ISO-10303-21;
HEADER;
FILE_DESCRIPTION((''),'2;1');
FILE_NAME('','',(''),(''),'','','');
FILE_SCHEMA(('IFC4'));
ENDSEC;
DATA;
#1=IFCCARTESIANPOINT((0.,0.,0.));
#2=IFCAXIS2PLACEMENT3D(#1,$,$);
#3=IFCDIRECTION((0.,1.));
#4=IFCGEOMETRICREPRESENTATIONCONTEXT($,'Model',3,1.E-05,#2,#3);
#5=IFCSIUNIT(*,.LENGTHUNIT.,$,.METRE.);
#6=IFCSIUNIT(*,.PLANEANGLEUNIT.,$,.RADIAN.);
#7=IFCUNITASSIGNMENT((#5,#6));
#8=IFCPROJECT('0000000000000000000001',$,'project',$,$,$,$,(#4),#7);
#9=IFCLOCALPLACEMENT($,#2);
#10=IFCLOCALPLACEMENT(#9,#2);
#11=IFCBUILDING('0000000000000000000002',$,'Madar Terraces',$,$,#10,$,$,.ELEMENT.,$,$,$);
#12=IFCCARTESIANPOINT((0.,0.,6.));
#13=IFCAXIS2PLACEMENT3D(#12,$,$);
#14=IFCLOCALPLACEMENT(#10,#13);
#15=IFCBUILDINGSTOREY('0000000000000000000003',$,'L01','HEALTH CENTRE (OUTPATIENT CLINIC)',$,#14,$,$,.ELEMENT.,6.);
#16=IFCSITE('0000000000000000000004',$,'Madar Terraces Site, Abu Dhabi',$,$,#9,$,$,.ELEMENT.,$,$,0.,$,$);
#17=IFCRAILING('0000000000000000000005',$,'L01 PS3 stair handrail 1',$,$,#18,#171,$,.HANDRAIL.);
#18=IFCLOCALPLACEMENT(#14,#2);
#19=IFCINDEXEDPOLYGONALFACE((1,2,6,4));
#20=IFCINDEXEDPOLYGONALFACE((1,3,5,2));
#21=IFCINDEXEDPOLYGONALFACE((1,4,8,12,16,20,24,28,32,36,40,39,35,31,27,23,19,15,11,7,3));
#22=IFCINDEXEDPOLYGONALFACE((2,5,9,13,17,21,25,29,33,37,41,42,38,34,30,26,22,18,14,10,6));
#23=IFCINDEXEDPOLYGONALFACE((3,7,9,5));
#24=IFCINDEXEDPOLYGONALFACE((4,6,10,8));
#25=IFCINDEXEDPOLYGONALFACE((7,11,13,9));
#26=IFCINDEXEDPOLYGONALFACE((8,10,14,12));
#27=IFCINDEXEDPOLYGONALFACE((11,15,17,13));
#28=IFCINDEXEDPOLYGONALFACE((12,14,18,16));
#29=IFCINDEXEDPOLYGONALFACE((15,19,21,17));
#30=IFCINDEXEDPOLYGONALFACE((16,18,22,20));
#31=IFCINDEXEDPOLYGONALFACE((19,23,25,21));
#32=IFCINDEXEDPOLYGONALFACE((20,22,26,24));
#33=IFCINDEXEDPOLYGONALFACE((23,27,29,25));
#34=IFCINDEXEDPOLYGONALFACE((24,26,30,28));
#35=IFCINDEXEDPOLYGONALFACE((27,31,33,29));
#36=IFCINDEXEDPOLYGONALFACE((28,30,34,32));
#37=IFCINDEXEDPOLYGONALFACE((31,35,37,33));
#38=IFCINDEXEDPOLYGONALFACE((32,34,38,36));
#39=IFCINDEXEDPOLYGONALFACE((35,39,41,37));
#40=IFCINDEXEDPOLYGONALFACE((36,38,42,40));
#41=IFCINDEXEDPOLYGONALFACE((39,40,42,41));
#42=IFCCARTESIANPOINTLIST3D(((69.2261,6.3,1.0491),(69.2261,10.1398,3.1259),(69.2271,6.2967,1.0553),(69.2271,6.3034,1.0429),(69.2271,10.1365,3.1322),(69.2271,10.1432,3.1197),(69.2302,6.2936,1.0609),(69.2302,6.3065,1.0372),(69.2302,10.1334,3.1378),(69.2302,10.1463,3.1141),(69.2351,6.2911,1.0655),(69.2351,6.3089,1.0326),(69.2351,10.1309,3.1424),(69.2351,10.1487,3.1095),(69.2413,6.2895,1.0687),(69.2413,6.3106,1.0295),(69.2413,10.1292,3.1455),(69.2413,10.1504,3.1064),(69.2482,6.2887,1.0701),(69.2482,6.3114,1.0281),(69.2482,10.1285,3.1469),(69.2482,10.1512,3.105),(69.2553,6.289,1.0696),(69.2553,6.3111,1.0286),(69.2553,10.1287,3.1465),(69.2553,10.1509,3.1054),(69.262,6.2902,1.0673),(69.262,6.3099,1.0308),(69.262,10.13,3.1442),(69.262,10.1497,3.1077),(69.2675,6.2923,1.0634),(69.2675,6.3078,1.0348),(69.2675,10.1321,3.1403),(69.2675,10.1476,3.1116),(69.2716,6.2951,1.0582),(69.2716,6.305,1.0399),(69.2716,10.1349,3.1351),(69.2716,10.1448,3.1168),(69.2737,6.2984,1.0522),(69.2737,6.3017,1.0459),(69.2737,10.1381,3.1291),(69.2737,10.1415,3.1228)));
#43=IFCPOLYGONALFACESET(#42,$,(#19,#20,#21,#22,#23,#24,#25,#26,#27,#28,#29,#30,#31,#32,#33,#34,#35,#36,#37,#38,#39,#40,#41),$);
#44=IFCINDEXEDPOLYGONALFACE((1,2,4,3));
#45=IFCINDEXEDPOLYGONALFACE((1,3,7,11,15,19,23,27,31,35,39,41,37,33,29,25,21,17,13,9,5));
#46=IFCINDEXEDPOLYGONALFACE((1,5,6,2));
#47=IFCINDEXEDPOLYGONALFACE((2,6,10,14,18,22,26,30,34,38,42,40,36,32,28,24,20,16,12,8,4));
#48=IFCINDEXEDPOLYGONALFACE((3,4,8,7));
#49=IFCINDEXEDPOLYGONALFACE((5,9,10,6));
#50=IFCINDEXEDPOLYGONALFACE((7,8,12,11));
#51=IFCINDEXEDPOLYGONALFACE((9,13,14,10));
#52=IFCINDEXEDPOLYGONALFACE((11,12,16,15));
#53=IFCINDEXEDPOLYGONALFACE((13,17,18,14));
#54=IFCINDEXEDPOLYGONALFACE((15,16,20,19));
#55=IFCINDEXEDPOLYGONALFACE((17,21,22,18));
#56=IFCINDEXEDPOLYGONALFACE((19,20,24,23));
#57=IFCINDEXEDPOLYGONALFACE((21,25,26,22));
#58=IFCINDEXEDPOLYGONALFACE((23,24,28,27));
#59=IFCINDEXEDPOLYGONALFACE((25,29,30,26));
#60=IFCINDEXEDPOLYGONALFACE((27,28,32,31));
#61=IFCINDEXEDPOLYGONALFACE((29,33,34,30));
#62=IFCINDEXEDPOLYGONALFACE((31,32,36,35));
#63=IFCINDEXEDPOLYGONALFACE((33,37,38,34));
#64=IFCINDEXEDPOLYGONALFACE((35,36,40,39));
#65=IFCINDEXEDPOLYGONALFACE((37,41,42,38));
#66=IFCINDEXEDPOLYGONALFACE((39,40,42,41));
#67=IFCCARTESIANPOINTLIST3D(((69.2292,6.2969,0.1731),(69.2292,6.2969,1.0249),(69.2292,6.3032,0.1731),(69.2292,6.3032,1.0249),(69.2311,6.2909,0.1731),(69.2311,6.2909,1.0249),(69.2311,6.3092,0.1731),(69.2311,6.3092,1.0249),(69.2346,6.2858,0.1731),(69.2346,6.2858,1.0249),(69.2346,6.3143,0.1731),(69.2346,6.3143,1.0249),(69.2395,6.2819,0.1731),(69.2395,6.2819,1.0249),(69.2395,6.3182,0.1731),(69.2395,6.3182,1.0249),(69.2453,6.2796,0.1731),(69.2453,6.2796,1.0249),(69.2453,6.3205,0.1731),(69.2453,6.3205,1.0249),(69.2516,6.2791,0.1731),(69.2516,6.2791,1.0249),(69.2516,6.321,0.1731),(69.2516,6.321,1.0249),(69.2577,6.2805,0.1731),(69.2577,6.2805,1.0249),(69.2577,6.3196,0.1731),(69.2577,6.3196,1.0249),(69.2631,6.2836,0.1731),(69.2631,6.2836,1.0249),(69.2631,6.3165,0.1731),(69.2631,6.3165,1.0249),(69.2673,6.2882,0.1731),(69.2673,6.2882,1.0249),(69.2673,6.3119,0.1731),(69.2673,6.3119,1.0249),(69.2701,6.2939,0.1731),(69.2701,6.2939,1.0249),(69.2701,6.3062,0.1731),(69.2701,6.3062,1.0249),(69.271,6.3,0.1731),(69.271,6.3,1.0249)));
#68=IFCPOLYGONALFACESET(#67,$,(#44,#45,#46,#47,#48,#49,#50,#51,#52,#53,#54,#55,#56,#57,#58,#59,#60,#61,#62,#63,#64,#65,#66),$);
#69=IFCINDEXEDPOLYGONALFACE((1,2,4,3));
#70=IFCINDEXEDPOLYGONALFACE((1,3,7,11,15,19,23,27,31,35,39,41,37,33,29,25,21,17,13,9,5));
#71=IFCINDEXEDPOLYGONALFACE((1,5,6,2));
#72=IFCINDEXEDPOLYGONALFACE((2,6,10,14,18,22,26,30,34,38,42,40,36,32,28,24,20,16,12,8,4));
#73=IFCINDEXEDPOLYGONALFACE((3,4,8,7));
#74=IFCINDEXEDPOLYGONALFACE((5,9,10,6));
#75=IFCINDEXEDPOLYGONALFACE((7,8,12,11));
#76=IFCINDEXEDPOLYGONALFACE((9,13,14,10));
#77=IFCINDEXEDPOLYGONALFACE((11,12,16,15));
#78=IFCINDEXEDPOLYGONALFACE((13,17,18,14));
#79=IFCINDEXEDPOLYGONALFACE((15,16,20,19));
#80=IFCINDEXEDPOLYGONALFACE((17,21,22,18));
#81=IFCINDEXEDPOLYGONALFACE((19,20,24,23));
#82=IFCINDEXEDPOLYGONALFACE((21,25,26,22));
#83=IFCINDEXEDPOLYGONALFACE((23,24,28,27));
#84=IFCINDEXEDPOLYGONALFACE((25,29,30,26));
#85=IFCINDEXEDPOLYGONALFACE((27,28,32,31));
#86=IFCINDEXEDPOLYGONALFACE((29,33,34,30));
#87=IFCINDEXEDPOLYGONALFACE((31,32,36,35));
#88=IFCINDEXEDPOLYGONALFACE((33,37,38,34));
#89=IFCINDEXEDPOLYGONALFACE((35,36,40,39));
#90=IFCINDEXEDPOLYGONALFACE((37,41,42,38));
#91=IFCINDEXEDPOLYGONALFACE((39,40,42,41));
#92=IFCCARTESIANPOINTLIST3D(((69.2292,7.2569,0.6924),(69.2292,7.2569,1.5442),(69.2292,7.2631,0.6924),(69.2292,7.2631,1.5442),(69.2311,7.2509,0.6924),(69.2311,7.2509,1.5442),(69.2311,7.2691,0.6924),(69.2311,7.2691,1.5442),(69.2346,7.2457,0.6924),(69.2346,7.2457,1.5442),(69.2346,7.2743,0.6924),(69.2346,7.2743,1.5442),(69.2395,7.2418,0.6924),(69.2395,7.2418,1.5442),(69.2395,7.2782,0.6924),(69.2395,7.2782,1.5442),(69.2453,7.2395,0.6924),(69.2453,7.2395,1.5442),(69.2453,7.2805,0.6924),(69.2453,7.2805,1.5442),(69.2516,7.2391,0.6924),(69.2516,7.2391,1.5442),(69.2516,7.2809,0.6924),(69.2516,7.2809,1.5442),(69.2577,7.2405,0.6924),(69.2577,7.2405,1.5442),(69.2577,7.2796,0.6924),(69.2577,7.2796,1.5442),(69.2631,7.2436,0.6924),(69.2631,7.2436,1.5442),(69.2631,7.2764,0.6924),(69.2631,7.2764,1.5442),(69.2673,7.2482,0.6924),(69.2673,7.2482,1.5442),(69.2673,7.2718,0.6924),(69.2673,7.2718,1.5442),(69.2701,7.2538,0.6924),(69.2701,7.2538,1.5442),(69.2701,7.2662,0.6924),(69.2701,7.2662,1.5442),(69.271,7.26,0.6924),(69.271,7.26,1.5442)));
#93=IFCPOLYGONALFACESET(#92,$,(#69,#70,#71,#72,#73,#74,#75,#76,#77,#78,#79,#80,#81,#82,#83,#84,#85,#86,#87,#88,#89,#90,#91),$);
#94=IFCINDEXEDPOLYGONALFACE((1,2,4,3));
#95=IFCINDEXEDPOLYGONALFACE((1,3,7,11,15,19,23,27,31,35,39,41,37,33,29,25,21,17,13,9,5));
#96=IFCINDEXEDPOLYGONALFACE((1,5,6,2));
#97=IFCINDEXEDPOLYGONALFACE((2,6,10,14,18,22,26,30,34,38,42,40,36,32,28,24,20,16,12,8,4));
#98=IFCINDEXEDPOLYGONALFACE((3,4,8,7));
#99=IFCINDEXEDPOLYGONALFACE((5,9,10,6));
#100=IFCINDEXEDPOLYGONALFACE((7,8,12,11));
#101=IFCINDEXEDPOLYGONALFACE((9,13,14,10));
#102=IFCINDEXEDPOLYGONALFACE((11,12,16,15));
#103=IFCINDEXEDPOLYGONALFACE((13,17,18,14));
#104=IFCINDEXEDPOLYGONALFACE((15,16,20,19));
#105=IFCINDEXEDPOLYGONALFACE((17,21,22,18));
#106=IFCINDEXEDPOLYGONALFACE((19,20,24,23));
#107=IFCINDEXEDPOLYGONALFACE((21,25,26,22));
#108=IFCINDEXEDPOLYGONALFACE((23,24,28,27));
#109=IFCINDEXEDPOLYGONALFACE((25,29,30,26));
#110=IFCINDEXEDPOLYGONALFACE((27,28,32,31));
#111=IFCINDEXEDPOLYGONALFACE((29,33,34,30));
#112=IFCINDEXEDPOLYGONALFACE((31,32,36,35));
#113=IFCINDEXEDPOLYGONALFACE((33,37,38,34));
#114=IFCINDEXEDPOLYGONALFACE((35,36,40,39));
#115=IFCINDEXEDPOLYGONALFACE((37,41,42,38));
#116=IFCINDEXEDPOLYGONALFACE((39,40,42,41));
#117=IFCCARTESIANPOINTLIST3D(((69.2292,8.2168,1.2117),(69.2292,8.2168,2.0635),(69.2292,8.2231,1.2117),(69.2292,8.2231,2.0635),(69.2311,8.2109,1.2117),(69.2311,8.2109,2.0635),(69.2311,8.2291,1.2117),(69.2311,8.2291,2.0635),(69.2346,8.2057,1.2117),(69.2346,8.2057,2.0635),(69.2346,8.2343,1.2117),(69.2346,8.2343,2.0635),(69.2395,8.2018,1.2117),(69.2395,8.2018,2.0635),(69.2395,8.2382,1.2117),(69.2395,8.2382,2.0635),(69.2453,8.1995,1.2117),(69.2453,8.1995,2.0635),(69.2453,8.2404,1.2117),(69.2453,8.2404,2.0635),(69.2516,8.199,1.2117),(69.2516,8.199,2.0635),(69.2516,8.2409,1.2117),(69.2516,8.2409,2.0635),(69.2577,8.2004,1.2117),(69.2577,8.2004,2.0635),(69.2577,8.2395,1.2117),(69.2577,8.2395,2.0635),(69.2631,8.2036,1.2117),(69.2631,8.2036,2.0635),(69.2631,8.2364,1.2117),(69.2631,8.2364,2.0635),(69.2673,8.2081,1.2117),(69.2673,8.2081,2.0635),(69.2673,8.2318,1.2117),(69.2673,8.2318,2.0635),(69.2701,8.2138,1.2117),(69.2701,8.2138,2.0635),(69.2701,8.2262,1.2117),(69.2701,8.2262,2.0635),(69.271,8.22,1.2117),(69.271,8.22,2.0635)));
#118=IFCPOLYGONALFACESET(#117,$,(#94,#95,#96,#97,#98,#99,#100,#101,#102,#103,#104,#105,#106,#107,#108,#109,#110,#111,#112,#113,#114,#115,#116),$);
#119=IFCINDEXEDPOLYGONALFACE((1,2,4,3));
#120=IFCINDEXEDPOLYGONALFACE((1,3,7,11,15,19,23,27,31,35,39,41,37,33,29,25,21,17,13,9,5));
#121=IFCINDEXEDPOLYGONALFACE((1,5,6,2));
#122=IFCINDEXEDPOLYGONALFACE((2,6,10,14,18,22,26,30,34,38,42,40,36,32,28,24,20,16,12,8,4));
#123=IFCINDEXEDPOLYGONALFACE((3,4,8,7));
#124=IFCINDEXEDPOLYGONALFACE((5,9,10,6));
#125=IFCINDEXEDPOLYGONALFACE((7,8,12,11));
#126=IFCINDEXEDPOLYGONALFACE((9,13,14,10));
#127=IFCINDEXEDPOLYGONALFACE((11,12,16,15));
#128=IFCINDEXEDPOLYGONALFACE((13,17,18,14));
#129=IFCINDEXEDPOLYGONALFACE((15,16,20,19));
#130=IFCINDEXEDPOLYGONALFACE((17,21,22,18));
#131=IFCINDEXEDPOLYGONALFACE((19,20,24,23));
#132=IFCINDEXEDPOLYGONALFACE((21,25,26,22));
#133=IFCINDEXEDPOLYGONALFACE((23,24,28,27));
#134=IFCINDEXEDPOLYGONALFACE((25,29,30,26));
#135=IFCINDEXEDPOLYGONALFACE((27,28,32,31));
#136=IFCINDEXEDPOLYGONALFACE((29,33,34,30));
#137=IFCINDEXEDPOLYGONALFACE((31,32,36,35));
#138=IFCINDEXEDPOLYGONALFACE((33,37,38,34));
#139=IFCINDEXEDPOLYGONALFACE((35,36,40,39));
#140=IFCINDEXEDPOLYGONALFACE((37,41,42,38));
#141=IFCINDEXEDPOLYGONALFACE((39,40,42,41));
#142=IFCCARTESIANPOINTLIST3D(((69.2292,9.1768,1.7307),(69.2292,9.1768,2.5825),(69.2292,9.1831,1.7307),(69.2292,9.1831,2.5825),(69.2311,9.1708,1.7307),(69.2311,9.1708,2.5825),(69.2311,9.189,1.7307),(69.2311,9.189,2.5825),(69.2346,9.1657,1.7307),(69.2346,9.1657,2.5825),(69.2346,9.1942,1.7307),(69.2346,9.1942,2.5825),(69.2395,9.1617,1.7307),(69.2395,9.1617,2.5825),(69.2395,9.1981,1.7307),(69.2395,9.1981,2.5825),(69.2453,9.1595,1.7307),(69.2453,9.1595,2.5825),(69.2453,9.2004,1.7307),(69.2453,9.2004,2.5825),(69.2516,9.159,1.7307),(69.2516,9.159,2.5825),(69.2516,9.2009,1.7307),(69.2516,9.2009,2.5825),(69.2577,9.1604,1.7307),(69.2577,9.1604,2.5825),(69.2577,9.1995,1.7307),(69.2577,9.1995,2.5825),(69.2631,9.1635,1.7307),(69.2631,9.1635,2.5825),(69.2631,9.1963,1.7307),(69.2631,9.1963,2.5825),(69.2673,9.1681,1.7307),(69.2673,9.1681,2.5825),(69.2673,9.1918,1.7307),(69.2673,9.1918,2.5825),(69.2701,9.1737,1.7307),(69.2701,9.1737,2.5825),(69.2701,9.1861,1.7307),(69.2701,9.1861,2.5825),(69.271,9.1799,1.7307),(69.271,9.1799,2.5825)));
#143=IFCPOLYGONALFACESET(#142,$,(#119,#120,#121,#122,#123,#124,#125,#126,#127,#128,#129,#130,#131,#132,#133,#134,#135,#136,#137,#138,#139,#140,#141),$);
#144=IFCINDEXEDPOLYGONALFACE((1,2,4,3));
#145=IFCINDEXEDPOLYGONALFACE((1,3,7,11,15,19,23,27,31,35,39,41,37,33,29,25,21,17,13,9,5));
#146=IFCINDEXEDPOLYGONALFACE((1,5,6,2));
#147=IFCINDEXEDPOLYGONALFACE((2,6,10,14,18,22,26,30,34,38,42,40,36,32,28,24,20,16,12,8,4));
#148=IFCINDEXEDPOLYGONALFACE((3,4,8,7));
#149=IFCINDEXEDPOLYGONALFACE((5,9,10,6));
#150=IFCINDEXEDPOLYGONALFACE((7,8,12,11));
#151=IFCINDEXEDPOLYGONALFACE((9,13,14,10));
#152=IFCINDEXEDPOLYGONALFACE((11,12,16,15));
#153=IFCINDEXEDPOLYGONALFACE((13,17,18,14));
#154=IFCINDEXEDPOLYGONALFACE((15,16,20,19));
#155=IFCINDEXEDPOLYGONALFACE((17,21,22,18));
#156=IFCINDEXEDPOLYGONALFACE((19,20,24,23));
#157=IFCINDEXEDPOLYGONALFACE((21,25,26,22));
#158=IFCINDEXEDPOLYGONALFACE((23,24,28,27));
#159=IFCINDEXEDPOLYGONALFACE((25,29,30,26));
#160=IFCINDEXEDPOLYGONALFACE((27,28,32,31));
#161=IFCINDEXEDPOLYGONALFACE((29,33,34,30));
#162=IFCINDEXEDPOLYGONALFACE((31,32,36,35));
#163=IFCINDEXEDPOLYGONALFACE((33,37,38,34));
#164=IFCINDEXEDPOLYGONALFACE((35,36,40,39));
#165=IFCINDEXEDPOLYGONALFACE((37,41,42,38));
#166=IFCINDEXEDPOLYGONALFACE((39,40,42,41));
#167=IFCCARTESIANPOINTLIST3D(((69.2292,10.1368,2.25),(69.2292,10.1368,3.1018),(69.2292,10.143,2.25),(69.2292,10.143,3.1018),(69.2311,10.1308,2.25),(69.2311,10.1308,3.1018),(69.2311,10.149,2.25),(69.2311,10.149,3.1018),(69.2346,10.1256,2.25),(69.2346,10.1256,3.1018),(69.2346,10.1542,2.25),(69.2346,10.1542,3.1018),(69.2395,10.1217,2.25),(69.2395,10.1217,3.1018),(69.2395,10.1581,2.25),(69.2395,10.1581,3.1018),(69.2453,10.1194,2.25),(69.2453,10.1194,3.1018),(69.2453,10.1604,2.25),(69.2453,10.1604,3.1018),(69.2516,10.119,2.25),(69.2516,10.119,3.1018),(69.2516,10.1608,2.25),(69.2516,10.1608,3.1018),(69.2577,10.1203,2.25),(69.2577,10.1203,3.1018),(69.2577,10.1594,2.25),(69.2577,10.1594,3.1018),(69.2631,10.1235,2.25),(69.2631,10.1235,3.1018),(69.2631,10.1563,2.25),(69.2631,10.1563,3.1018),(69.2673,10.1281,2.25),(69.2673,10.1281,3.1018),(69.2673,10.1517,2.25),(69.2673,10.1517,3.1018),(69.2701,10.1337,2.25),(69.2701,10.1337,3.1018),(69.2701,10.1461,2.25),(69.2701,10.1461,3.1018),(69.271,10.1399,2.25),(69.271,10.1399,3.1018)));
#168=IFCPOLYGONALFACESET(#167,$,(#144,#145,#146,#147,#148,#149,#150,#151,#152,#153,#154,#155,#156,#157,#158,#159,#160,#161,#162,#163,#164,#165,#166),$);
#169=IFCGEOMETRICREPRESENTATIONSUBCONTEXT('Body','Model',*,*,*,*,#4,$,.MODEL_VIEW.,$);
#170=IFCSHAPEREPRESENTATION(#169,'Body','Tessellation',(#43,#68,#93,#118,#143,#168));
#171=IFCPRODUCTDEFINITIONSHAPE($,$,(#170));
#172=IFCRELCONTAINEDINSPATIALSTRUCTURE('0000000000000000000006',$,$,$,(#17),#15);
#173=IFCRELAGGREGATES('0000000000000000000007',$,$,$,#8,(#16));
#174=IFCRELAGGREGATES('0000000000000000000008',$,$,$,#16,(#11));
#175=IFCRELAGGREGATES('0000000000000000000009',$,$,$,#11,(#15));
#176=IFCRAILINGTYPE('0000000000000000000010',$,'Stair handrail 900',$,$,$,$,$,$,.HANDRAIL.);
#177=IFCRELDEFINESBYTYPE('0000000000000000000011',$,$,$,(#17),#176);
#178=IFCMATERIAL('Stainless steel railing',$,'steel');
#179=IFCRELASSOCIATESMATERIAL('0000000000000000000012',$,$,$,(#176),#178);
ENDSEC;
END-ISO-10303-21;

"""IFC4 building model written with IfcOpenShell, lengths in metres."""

from ifc_helpers import new_model, si_unit, direction, frame, origin, origin_2d, place, context, subcontext, project, spatial, circle, extrude, material, type_object, element, save


model = new_model("IFC4")

# Units and contexts
model_context = context("Model", 3, precision=1e-05, world=origin(), true_north=direction((0.0, 1.0)))
body_context = subcontext(model_context, "Body", "Model", "MODEL_VIEW")
ifc_project = project(units=[si_unit("LENGTHUNIT", "METRE"), si_unit("PLANEANGLEUNIT", "RADIAN")], contexts=[model_context])

# Site, building, storey
site_placement = place(None, origin())
site = spatial("IfcSite", under=ifc_project, at=site_placement, Name="Madar Terraces Site, Abu Dhabi", CompositionType="ELEMENT", RefElevation=0.0)
building_placement = place(site_placement, origin())
building = spatial("IfcBuilding", under=site, at=building_placement, Name="Madar Terraces", CompositionType="ELEMENT")
storey_placement = place(building_placement, frame((0.0, 0.0, 6.0)))
storey = spatial("IfcBuildingStorey", under=building, at=storey_placement, Name="L01", Description="HEALTH CENTRE (OUTPATIENT CLINIC)", CompositionType="ELEMENT", Elevation=6.0)

# Railing
ifc_material_1 = material(Name="Stainless steel railing", Category="steel")
railing_type_1 = type_object("IfcRailingType", Name="Stair handrail 900", PredefinedType="HANDRAIL", material=ifc_material_1)
railing_1_placement = place(storey_placement, frame((69.25, 6.3, 0.1731)))
element("IfcRailing", 1, at=railing_1_placement, inside=storey, type_object=railing_type_1, Name="L01 PS3 stair handrail 1", PredefinedType="HANDRAIL", context=body_context, shape_type="SweptSolid", body=[
    extrude(circle(Radius=0.0239, at=origin_2d()), frame((0.0, 0.0, 0.876), z_axis=(0.0, 0.879581, 0.47575), x_axis=(-1.0, 0.0, 0.0)), (0.0, 0.0, 1.0), 4.3655),
    extrude(circle(Radius=0.021, at=origin_2d()), origin(), (0.0, 0.0, 1.0), 0.8518),
    extrude(circle(Radius=0.021, at=origin_2d()), frame((0.0, 0.96, 0.5193)), (0.0, 0.0, 1.0), 0.8518),
    extrude(circle(Radius=0.021, at=origin_2d()), frame((0.0, 1.9199, 1.0386)), (0.0, 0.0, 1.0), 0.8518),
    extrude(circle(Radius=0.021, at=origin_2d()), frame((0.0, 2.8799, 1.5576)), (0.0, 0.0, 1.0), 0.8518),
    extrude(circle(Radius=0.021, at=origin_2d()), frame((0.0, 3.8398, 2.0769)), (0.0, 0.0, 1.0), 0.8518),
])

save(model, "model.ifc")
